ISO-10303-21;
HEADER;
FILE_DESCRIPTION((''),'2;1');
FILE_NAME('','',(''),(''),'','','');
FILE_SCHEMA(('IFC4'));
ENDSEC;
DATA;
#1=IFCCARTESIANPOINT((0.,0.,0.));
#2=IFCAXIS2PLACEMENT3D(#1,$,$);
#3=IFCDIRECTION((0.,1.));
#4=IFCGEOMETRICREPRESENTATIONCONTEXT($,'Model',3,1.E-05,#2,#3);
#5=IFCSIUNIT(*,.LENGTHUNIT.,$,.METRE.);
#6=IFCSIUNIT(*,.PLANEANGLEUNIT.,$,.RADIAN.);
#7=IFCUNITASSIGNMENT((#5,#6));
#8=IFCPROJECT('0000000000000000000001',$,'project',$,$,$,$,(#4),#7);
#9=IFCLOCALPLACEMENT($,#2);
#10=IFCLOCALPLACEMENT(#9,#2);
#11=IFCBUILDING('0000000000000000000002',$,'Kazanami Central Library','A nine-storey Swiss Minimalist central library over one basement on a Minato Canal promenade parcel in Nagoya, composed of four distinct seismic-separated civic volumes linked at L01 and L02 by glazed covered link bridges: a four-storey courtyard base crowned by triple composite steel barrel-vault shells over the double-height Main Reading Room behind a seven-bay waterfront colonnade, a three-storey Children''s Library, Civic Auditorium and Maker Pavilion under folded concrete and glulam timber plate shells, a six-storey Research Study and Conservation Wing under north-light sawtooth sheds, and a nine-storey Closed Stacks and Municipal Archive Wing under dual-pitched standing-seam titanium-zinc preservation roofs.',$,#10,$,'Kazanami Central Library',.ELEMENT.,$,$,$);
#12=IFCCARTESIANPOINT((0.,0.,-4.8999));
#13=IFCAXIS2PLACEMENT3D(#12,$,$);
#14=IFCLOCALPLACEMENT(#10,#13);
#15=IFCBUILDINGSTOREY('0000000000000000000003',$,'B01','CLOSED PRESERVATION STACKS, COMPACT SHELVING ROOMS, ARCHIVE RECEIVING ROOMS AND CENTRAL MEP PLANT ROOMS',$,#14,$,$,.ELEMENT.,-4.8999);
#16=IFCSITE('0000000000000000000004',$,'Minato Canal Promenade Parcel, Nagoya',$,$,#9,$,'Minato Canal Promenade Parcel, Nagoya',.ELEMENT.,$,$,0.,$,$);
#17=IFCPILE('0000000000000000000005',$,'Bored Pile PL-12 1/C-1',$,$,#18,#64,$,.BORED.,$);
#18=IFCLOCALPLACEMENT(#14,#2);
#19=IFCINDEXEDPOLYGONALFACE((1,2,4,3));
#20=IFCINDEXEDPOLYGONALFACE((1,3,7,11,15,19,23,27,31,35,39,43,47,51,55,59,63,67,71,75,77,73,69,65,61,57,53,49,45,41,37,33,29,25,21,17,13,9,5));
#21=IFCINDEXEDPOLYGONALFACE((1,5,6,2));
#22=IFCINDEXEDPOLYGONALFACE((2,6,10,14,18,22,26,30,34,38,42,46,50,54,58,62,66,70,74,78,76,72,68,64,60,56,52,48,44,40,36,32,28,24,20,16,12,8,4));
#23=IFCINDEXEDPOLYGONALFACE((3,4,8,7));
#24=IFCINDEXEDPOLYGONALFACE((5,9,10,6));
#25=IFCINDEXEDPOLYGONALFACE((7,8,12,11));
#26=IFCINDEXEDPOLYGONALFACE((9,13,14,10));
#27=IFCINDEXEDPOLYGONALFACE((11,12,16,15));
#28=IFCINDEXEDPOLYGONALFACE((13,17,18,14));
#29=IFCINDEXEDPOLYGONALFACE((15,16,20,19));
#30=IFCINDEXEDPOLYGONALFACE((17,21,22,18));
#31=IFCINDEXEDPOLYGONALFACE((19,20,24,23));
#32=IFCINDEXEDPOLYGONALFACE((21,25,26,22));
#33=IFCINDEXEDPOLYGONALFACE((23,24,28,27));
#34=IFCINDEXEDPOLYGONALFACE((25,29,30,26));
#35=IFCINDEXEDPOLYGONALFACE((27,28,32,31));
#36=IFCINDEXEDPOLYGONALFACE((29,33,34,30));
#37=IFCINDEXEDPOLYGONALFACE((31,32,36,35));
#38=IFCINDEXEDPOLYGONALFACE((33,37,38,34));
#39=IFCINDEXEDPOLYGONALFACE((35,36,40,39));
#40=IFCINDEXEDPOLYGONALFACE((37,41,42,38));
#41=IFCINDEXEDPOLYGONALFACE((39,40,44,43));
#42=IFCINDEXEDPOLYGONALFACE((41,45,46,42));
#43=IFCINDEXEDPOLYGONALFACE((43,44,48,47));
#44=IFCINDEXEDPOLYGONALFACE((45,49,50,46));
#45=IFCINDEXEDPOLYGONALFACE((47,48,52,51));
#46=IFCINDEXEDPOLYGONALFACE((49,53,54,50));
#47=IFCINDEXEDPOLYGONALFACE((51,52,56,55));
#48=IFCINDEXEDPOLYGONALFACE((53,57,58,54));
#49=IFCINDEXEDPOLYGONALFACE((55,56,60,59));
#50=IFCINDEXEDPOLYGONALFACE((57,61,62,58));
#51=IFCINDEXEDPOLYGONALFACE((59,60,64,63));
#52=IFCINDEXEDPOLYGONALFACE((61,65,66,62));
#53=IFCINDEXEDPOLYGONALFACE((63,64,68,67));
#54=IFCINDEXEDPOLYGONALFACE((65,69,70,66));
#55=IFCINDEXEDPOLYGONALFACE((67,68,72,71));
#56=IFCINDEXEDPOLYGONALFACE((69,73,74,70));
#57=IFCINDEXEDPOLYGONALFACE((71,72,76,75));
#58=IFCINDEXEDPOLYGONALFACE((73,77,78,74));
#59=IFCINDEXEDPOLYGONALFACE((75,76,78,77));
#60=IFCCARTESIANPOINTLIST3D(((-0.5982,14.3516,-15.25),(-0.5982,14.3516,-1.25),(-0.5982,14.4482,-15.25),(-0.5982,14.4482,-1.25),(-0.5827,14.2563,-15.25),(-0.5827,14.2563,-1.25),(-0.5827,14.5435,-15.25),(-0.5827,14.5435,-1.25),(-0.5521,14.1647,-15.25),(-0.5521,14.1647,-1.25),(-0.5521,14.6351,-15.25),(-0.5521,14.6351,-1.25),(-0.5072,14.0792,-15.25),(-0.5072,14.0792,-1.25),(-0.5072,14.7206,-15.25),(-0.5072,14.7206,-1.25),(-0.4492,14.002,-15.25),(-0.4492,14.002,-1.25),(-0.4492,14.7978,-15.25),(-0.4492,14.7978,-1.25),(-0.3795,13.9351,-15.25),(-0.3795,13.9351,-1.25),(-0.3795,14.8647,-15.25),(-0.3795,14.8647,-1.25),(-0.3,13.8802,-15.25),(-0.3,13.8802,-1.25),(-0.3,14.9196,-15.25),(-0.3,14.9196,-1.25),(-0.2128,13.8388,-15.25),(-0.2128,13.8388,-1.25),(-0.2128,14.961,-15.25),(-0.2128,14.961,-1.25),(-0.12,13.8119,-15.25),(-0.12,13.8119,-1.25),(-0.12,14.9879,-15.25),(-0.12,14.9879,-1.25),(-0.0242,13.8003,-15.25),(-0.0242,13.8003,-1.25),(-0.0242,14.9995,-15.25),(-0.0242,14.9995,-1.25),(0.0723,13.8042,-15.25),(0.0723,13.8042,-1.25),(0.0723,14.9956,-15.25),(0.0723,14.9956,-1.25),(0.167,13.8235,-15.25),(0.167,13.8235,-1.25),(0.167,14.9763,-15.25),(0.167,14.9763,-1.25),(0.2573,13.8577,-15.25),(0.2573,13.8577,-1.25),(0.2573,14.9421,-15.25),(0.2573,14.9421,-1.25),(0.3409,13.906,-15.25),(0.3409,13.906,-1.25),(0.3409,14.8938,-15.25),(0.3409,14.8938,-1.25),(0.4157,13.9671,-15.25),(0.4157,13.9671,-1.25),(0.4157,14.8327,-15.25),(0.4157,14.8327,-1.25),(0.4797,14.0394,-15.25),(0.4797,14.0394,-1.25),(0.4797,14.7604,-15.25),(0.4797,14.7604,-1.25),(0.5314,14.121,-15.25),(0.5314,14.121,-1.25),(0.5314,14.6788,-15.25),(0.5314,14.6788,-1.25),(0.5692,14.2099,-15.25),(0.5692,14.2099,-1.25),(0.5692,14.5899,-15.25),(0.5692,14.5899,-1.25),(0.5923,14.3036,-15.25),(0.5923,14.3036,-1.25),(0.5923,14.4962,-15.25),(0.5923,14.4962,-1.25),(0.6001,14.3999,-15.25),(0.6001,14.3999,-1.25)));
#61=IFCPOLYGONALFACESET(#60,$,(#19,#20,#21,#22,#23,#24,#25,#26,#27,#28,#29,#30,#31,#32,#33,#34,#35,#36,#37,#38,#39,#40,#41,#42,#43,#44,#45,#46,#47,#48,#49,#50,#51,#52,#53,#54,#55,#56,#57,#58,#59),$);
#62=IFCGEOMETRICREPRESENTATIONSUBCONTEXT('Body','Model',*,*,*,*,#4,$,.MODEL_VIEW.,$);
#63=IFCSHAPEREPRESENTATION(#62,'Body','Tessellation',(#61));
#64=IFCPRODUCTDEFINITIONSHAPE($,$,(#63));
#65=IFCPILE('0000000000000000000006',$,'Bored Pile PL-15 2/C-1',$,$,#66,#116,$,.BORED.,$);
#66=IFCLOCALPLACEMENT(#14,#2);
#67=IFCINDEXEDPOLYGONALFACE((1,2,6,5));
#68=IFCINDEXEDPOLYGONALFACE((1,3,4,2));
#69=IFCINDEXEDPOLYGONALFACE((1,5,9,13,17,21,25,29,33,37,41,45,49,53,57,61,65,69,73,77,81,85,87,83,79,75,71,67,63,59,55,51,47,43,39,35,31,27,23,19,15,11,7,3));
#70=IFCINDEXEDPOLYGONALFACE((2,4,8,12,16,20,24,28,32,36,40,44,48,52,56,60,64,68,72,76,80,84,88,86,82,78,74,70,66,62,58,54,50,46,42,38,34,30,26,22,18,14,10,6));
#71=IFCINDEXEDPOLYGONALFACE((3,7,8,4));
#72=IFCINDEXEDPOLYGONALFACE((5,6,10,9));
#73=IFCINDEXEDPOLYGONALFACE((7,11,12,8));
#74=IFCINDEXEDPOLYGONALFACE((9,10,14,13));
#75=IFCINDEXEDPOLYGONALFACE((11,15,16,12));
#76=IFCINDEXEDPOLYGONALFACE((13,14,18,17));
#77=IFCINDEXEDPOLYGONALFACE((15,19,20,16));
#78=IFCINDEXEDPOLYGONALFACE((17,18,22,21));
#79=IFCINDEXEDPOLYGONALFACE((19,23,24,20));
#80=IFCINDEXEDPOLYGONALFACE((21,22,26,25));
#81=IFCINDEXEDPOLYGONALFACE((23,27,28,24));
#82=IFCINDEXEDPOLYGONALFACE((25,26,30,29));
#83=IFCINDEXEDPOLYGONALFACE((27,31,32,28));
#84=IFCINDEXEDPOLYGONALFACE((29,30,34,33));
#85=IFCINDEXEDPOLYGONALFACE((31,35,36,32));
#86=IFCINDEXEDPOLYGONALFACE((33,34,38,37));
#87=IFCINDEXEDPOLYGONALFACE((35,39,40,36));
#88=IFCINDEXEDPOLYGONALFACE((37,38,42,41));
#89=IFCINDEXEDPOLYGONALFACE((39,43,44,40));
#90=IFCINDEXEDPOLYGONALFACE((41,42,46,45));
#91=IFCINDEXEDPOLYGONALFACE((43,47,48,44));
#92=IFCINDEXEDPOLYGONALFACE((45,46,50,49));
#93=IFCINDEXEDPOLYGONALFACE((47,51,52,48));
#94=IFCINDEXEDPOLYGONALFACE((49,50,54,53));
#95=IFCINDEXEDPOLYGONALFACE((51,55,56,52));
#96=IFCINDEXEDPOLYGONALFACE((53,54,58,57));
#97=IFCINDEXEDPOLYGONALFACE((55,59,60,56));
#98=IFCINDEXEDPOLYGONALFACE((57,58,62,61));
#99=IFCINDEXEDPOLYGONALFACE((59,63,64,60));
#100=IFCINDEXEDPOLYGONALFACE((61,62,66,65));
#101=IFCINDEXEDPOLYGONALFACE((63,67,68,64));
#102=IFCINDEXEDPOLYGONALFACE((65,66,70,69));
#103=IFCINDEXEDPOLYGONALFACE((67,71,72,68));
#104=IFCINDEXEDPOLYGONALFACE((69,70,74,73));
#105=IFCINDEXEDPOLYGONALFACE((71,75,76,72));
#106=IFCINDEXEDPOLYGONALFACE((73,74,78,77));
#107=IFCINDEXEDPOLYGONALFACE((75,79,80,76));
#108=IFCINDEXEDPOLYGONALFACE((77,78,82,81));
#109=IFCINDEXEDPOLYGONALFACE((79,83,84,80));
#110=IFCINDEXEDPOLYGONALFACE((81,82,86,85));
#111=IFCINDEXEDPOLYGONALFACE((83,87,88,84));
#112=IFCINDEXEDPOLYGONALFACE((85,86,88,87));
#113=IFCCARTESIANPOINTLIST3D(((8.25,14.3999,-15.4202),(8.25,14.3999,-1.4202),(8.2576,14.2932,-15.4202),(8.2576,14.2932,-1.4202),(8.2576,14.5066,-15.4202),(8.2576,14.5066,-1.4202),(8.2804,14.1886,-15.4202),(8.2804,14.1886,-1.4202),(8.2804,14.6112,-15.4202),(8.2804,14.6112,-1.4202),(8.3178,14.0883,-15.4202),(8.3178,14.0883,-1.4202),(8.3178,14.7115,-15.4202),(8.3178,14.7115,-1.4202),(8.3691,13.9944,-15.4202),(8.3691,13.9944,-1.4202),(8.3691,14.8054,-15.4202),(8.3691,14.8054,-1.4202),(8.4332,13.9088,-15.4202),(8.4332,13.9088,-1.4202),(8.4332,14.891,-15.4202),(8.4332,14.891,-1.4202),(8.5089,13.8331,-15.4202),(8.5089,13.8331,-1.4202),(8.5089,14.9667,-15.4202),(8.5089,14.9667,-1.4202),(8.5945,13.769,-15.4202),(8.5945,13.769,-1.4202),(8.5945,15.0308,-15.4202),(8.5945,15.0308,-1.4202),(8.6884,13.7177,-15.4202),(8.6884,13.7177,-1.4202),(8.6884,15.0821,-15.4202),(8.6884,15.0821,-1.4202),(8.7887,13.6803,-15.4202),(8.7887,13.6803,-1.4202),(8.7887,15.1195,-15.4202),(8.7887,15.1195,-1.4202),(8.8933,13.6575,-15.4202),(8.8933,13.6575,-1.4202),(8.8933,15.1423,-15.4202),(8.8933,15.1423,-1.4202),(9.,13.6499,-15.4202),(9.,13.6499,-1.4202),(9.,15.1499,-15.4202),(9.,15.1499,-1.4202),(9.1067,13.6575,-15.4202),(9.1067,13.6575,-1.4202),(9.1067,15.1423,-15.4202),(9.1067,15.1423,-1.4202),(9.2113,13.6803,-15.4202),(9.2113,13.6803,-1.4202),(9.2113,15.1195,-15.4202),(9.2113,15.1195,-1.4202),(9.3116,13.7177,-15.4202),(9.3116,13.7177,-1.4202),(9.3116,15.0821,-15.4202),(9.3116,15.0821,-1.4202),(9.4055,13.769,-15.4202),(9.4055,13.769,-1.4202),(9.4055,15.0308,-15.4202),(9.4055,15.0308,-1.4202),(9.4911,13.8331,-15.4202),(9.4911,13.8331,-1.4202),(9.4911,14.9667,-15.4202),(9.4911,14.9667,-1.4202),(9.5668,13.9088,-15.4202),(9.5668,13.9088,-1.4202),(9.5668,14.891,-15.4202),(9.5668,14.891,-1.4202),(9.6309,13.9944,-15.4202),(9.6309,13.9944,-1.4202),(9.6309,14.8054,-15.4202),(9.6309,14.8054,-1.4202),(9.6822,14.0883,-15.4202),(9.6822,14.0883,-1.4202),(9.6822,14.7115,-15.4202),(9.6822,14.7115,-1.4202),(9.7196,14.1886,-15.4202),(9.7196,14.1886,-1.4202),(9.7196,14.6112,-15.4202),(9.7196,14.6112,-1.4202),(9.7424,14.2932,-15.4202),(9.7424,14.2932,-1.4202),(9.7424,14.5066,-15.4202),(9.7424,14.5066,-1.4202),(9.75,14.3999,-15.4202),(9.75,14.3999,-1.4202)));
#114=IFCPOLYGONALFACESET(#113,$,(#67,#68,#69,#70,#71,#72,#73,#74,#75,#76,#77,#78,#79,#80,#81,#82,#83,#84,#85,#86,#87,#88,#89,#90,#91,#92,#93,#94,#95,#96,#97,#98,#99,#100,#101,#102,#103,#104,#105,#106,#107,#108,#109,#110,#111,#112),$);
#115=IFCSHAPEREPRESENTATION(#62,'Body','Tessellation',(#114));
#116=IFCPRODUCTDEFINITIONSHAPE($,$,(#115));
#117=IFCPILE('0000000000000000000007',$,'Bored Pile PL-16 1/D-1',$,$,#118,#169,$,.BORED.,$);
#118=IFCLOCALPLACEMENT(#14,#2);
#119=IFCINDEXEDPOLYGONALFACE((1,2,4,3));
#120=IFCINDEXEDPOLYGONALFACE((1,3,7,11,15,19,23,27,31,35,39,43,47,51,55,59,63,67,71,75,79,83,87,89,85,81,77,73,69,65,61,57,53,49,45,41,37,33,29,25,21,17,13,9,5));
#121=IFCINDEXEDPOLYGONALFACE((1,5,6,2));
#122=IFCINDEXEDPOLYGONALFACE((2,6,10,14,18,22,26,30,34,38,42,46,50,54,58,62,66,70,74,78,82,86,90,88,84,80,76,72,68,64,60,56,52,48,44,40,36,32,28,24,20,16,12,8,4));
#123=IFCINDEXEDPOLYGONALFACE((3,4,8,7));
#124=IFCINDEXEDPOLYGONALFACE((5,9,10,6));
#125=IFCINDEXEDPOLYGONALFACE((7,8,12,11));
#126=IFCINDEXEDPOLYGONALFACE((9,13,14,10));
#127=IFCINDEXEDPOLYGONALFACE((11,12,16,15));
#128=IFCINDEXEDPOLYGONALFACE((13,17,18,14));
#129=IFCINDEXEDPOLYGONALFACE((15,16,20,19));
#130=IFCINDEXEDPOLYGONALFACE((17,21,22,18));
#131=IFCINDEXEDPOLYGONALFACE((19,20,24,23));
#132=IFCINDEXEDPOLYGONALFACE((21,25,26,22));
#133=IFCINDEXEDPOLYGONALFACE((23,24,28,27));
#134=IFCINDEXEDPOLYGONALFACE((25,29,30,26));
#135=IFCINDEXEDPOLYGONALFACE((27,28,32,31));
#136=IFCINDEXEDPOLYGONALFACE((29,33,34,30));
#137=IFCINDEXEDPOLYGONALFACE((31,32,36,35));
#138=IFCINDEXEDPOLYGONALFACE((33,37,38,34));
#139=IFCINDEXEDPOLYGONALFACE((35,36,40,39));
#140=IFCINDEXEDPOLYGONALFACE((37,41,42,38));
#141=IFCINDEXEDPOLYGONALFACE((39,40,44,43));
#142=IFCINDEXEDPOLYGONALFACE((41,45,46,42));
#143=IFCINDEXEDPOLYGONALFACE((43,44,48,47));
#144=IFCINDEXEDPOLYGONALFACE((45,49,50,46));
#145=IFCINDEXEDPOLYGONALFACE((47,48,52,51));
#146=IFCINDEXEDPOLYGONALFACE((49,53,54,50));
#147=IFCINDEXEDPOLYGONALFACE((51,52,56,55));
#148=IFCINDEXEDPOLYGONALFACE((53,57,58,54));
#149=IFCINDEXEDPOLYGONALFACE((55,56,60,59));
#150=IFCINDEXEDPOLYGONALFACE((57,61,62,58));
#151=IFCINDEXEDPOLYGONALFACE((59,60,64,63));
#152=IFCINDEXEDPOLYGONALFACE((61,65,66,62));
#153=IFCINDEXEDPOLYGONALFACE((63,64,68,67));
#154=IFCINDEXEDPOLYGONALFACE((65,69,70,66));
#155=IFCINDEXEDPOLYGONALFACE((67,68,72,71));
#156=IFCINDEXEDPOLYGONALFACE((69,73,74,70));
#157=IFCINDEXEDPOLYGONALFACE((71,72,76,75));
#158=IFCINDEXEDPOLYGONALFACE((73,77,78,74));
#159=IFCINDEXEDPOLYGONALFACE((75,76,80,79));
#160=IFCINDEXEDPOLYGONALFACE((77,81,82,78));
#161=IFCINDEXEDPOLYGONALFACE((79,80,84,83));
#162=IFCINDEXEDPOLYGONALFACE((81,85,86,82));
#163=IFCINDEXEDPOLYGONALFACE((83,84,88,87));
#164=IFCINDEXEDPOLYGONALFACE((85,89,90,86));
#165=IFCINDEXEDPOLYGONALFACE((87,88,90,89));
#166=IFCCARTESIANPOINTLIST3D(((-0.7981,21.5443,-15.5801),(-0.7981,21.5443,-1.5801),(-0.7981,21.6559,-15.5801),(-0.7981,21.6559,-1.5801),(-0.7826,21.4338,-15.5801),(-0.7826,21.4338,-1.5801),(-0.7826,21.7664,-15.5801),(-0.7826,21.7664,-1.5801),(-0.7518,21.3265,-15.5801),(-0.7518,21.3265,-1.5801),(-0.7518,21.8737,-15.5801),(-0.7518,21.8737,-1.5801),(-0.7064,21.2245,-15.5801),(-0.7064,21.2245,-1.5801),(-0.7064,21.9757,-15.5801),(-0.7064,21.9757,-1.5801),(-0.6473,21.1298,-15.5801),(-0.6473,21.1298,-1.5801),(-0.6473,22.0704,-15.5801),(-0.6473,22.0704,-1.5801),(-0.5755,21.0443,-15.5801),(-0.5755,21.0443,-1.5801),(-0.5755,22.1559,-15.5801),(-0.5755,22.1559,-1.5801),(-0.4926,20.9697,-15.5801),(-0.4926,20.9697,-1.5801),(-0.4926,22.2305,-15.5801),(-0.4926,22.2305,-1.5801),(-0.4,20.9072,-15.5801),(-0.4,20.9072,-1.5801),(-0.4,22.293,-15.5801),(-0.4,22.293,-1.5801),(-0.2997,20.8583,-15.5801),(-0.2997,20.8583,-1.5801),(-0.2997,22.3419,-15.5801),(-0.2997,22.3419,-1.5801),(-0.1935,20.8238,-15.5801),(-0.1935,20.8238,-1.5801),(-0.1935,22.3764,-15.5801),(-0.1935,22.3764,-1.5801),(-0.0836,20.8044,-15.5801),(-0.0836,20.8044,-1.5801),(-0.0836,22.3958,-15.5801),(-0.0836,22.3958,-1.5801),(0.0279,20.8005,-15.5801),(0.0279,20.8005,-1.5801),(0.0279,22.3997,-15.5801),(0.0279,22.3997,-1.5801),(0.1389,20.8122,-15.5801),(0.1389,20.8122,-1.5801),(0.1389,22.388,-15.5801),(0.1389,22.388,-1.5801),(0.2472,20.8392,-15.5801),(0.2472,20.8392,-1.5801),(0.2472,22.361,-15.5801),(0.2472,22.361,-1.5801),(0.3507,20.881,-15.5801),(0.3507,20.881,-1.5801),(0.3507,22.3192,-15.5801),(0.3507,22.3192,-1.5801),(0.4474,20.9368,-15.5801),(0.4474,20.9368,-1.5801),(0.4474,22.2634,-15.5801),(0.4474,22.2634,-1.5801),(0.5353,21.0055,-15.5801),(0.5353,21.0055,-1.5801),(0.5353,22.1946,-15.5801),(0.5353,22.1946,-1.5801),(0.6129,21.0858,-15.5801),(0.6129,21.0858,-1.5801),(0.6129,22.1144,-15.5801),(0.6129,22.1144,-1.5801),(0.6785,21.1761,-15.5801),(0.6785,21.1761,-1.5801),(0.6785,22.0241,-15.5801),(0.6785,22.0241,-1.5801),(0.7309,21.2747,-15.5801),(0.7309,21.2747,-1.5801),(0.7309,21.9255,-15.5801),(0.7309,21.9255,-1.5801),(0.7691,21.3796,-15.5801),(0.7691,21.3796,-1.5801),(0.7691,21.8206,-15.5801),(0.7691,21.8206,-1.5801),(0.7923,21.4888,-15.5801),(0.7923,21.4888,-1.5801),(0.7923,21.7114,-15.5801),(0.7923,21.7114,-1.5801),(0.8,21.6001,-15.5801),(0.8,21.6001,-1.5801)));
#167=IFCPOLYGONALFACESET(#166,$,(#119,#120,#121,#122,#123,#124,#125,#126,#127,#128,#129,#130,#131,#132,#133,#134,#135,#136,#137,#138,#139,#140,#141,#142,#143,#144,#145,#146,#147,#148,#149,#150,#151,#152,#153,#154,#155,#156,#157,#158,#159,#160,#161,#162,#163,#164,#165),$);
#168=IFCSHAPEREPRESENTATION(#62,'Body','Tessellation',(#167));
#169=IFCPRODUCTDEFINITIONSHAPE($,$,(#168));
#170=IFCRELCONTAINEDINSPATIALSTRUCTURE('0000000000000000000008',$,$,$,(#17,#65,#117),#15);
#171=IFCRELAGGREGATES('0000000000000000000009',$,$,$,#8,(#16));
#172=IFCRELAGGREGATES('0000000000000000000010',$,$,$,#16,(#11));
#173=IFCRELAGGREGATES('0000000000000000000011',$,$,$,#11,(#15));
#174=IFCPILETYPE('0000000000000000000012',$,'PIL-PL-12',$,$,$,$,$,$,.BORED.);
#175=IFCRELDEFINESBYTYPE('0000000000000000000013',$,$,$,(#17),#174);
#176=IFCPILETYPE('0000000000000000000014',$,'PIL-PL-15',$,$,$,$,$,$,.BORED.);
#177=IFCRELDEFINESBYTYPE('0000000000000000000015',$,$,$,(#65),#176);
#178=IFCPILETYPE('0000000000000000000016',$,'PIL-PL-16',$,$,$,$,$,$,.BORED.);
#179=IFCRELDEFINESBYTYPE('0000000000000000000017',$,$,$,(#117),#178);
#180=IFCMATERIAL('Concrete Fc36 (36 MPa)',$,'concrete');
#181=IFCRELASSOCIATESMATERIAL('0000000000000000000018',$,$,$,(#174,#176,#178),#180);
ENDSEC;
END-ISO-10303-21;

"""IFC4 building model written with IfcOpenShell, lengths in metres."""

from ifc_helpers import new_model, si_unit, direction, frame, origin, origin_2d, place, context, subcontext, project, spatial, circle, extrude, material, material_profile, profile_set, type_object, element, save


model = new_model("IFC4")

# Units and contexts
model_context = context("Model", 3, precision=1e-05, world=origin(), true_north=direction((0.0, 1.0)))
body_context = subcontext(model_context, "Body", "Model", "MODEL_VIEW")
ifc_project = project(units=[si_unit("LENGTHUNIT", "METRE"), si_unit("PLANEANGLEUNIT", "RADIAN")], contexts=[model_context])

# Site, building, storey
site_placement = place(None, origin())
site = spatial("IfcSite", under=ifc_project, at=site_placement, Name="Minato Canal Promenade Parcel, Nagoya", LongName="Minato Canal Promenade Parcel, Nagoya", CompositionType="ELEMENT", RefElevation=0.0)
building_placement = place(site_placement, origin())
building = spatial("IfcBuilding", under=site, at=building_placement, Name="Kazanami Central Library", Description="A nine-storey Swiss Minimalist central library over one basement on a Minato Canal promenade parcel in Nagoya, composed of four distinct seismic-separated civic volumes linked at L01 and L02 by glazed covered link bridges: a four-storey courtyard base crowned by triple composite steel barrel-vault shells over the double-height Main Reading Room behind a seven-bay waterfront colonnade, a three-storey Children's Library, Civic Auditorium and Maker Pavilion under folded concrete and glulam timber plate shells, a six-storey Research Study and Conservation Wing under north-light sawtooth sheds, and a nine-storey Closed Stacks and Municipal Archive Wing under dual-pitched standing-seam titanium-zinc preservation roofs.", LongName="Kazanami Central Library", CompositionType="ELEMENT")
storey_placement = place(building_placement, frame((0.0, 0.0, -4.8999)))
storey = spatial("IfcBuildingStorey", under=building, at=storey_placement, Name="B01", Description="CLOSED PRESERVATION STACKS, COMPACT SHELVING ROOMS, ARCHIVE RECEIVING ROOMS AND CENTRAL MEP PLANT ROOMS", CompositionType="ELEMENT", Elevation=-4.8999)

# Shared definitions
ifc_material_1 = material(Name="Concrete Fc36 (36 MPa)", Category="concrete")

# Piles
ifc_material_profile_1 = material_profile(ifc_material_1, circle(Radius=0.6001, at=origin_2d()), Name="BORED-D1200")
ifc_profile_set_1 = profile_set([ifc_material_profile_1], Name="Concrete Fc36 (36 MPa)")
pile_type_1 = type_object("IfcPileType", Name="PIL-PL-12", PredefinedType="BORED", material=ifc_profile_set_1)
pile_1_placement = place(storey_placement, frame((0.0, 14.3999, -1.25), z_axis=(0.0, 0.0, -1.0), x_axis=(1.0, 0.0, 0.0)))
element("IfcPile", 1, at=pile_1_placement, inside=storey, type_object=pile_type_1, Name="Bored Pile PL-12 1/C-1", PredefinedType="BORED", context=body_context, shape_type="SweptSolid", body=[
    extrude(circle(Radius=0.6001, at=origin_2d()), origin(), (0.0, 0.0, 1.0), 14.0),
])
ifc_material_profile_2 = material_profile(ifc_material_1, circle(Radius=0.75, at=origin_2d()), Name="BORED-D1500")
ifc_profile_set_2 = profile_set([ifc_material_profile_2], Name="Concrete Fc36 (36 MPa)")
pile_type_2 = type_object("IfcPileType", Name="PIL-PL-15", PredefinedType="BORED", material=ifc_profile_set_2)
pile_2_placement = place(storey_placement, frame((9.0, 14.3999, -1.4202), z_axis=(0.0, 0.0, -1.0), x_axis=(1.0, 0.0, 0.0)))
element("IfcPile", 2, at=pile_2_placement, inside=storey, type_object=pile_type_2, Name="Bored Pile PL-15 2/C-1", PredefinedType="BORED", context=body_context, shape_type="SweptSolid", body=[
    extrude(circle(Radius=0.75, at=origin_2d()), origin(), (0.0, 0.0, 1.0), 14.0),
])
ifc_material_profile_3 = material_profile(ifc_material_1, circle(Radius=0.8, at=origin_2d()), Name="BORED-D1600")
ifc_profile_set_3 = profile_set([ifc_material_profile_3], Name="Concrete Fc36 (36 MPa)")
pile_type_3 = type_object("IfcPileType", Name="PIL-PL-16", PredefinedType="BORED", material=ifc_profile_set_3)
for number, where, z_axis, x_axis, name in (
    (3, (0.0, 21.6001, -1.5801), (0.0, 0.0, -1.0), (1.0, 0.0, 0.0), "Bored Pile PL-16 1/D-1"),
):
    element("IfcPile", number, at=place(storey_placement, frame(where, z_axis=z_axis, x_axis=x_axis)), inside=storey, type_object=pile_type_3, Name=name, PredefinedType="BORED", context=body_context, shape_type="SweptSolid", body=[
        extrude(circle(Radius=0.8, at=origin_2d()), origin(), (0.0, 0.0, 1.0), 14.0),
    ])

save(model, "model.ifc")
